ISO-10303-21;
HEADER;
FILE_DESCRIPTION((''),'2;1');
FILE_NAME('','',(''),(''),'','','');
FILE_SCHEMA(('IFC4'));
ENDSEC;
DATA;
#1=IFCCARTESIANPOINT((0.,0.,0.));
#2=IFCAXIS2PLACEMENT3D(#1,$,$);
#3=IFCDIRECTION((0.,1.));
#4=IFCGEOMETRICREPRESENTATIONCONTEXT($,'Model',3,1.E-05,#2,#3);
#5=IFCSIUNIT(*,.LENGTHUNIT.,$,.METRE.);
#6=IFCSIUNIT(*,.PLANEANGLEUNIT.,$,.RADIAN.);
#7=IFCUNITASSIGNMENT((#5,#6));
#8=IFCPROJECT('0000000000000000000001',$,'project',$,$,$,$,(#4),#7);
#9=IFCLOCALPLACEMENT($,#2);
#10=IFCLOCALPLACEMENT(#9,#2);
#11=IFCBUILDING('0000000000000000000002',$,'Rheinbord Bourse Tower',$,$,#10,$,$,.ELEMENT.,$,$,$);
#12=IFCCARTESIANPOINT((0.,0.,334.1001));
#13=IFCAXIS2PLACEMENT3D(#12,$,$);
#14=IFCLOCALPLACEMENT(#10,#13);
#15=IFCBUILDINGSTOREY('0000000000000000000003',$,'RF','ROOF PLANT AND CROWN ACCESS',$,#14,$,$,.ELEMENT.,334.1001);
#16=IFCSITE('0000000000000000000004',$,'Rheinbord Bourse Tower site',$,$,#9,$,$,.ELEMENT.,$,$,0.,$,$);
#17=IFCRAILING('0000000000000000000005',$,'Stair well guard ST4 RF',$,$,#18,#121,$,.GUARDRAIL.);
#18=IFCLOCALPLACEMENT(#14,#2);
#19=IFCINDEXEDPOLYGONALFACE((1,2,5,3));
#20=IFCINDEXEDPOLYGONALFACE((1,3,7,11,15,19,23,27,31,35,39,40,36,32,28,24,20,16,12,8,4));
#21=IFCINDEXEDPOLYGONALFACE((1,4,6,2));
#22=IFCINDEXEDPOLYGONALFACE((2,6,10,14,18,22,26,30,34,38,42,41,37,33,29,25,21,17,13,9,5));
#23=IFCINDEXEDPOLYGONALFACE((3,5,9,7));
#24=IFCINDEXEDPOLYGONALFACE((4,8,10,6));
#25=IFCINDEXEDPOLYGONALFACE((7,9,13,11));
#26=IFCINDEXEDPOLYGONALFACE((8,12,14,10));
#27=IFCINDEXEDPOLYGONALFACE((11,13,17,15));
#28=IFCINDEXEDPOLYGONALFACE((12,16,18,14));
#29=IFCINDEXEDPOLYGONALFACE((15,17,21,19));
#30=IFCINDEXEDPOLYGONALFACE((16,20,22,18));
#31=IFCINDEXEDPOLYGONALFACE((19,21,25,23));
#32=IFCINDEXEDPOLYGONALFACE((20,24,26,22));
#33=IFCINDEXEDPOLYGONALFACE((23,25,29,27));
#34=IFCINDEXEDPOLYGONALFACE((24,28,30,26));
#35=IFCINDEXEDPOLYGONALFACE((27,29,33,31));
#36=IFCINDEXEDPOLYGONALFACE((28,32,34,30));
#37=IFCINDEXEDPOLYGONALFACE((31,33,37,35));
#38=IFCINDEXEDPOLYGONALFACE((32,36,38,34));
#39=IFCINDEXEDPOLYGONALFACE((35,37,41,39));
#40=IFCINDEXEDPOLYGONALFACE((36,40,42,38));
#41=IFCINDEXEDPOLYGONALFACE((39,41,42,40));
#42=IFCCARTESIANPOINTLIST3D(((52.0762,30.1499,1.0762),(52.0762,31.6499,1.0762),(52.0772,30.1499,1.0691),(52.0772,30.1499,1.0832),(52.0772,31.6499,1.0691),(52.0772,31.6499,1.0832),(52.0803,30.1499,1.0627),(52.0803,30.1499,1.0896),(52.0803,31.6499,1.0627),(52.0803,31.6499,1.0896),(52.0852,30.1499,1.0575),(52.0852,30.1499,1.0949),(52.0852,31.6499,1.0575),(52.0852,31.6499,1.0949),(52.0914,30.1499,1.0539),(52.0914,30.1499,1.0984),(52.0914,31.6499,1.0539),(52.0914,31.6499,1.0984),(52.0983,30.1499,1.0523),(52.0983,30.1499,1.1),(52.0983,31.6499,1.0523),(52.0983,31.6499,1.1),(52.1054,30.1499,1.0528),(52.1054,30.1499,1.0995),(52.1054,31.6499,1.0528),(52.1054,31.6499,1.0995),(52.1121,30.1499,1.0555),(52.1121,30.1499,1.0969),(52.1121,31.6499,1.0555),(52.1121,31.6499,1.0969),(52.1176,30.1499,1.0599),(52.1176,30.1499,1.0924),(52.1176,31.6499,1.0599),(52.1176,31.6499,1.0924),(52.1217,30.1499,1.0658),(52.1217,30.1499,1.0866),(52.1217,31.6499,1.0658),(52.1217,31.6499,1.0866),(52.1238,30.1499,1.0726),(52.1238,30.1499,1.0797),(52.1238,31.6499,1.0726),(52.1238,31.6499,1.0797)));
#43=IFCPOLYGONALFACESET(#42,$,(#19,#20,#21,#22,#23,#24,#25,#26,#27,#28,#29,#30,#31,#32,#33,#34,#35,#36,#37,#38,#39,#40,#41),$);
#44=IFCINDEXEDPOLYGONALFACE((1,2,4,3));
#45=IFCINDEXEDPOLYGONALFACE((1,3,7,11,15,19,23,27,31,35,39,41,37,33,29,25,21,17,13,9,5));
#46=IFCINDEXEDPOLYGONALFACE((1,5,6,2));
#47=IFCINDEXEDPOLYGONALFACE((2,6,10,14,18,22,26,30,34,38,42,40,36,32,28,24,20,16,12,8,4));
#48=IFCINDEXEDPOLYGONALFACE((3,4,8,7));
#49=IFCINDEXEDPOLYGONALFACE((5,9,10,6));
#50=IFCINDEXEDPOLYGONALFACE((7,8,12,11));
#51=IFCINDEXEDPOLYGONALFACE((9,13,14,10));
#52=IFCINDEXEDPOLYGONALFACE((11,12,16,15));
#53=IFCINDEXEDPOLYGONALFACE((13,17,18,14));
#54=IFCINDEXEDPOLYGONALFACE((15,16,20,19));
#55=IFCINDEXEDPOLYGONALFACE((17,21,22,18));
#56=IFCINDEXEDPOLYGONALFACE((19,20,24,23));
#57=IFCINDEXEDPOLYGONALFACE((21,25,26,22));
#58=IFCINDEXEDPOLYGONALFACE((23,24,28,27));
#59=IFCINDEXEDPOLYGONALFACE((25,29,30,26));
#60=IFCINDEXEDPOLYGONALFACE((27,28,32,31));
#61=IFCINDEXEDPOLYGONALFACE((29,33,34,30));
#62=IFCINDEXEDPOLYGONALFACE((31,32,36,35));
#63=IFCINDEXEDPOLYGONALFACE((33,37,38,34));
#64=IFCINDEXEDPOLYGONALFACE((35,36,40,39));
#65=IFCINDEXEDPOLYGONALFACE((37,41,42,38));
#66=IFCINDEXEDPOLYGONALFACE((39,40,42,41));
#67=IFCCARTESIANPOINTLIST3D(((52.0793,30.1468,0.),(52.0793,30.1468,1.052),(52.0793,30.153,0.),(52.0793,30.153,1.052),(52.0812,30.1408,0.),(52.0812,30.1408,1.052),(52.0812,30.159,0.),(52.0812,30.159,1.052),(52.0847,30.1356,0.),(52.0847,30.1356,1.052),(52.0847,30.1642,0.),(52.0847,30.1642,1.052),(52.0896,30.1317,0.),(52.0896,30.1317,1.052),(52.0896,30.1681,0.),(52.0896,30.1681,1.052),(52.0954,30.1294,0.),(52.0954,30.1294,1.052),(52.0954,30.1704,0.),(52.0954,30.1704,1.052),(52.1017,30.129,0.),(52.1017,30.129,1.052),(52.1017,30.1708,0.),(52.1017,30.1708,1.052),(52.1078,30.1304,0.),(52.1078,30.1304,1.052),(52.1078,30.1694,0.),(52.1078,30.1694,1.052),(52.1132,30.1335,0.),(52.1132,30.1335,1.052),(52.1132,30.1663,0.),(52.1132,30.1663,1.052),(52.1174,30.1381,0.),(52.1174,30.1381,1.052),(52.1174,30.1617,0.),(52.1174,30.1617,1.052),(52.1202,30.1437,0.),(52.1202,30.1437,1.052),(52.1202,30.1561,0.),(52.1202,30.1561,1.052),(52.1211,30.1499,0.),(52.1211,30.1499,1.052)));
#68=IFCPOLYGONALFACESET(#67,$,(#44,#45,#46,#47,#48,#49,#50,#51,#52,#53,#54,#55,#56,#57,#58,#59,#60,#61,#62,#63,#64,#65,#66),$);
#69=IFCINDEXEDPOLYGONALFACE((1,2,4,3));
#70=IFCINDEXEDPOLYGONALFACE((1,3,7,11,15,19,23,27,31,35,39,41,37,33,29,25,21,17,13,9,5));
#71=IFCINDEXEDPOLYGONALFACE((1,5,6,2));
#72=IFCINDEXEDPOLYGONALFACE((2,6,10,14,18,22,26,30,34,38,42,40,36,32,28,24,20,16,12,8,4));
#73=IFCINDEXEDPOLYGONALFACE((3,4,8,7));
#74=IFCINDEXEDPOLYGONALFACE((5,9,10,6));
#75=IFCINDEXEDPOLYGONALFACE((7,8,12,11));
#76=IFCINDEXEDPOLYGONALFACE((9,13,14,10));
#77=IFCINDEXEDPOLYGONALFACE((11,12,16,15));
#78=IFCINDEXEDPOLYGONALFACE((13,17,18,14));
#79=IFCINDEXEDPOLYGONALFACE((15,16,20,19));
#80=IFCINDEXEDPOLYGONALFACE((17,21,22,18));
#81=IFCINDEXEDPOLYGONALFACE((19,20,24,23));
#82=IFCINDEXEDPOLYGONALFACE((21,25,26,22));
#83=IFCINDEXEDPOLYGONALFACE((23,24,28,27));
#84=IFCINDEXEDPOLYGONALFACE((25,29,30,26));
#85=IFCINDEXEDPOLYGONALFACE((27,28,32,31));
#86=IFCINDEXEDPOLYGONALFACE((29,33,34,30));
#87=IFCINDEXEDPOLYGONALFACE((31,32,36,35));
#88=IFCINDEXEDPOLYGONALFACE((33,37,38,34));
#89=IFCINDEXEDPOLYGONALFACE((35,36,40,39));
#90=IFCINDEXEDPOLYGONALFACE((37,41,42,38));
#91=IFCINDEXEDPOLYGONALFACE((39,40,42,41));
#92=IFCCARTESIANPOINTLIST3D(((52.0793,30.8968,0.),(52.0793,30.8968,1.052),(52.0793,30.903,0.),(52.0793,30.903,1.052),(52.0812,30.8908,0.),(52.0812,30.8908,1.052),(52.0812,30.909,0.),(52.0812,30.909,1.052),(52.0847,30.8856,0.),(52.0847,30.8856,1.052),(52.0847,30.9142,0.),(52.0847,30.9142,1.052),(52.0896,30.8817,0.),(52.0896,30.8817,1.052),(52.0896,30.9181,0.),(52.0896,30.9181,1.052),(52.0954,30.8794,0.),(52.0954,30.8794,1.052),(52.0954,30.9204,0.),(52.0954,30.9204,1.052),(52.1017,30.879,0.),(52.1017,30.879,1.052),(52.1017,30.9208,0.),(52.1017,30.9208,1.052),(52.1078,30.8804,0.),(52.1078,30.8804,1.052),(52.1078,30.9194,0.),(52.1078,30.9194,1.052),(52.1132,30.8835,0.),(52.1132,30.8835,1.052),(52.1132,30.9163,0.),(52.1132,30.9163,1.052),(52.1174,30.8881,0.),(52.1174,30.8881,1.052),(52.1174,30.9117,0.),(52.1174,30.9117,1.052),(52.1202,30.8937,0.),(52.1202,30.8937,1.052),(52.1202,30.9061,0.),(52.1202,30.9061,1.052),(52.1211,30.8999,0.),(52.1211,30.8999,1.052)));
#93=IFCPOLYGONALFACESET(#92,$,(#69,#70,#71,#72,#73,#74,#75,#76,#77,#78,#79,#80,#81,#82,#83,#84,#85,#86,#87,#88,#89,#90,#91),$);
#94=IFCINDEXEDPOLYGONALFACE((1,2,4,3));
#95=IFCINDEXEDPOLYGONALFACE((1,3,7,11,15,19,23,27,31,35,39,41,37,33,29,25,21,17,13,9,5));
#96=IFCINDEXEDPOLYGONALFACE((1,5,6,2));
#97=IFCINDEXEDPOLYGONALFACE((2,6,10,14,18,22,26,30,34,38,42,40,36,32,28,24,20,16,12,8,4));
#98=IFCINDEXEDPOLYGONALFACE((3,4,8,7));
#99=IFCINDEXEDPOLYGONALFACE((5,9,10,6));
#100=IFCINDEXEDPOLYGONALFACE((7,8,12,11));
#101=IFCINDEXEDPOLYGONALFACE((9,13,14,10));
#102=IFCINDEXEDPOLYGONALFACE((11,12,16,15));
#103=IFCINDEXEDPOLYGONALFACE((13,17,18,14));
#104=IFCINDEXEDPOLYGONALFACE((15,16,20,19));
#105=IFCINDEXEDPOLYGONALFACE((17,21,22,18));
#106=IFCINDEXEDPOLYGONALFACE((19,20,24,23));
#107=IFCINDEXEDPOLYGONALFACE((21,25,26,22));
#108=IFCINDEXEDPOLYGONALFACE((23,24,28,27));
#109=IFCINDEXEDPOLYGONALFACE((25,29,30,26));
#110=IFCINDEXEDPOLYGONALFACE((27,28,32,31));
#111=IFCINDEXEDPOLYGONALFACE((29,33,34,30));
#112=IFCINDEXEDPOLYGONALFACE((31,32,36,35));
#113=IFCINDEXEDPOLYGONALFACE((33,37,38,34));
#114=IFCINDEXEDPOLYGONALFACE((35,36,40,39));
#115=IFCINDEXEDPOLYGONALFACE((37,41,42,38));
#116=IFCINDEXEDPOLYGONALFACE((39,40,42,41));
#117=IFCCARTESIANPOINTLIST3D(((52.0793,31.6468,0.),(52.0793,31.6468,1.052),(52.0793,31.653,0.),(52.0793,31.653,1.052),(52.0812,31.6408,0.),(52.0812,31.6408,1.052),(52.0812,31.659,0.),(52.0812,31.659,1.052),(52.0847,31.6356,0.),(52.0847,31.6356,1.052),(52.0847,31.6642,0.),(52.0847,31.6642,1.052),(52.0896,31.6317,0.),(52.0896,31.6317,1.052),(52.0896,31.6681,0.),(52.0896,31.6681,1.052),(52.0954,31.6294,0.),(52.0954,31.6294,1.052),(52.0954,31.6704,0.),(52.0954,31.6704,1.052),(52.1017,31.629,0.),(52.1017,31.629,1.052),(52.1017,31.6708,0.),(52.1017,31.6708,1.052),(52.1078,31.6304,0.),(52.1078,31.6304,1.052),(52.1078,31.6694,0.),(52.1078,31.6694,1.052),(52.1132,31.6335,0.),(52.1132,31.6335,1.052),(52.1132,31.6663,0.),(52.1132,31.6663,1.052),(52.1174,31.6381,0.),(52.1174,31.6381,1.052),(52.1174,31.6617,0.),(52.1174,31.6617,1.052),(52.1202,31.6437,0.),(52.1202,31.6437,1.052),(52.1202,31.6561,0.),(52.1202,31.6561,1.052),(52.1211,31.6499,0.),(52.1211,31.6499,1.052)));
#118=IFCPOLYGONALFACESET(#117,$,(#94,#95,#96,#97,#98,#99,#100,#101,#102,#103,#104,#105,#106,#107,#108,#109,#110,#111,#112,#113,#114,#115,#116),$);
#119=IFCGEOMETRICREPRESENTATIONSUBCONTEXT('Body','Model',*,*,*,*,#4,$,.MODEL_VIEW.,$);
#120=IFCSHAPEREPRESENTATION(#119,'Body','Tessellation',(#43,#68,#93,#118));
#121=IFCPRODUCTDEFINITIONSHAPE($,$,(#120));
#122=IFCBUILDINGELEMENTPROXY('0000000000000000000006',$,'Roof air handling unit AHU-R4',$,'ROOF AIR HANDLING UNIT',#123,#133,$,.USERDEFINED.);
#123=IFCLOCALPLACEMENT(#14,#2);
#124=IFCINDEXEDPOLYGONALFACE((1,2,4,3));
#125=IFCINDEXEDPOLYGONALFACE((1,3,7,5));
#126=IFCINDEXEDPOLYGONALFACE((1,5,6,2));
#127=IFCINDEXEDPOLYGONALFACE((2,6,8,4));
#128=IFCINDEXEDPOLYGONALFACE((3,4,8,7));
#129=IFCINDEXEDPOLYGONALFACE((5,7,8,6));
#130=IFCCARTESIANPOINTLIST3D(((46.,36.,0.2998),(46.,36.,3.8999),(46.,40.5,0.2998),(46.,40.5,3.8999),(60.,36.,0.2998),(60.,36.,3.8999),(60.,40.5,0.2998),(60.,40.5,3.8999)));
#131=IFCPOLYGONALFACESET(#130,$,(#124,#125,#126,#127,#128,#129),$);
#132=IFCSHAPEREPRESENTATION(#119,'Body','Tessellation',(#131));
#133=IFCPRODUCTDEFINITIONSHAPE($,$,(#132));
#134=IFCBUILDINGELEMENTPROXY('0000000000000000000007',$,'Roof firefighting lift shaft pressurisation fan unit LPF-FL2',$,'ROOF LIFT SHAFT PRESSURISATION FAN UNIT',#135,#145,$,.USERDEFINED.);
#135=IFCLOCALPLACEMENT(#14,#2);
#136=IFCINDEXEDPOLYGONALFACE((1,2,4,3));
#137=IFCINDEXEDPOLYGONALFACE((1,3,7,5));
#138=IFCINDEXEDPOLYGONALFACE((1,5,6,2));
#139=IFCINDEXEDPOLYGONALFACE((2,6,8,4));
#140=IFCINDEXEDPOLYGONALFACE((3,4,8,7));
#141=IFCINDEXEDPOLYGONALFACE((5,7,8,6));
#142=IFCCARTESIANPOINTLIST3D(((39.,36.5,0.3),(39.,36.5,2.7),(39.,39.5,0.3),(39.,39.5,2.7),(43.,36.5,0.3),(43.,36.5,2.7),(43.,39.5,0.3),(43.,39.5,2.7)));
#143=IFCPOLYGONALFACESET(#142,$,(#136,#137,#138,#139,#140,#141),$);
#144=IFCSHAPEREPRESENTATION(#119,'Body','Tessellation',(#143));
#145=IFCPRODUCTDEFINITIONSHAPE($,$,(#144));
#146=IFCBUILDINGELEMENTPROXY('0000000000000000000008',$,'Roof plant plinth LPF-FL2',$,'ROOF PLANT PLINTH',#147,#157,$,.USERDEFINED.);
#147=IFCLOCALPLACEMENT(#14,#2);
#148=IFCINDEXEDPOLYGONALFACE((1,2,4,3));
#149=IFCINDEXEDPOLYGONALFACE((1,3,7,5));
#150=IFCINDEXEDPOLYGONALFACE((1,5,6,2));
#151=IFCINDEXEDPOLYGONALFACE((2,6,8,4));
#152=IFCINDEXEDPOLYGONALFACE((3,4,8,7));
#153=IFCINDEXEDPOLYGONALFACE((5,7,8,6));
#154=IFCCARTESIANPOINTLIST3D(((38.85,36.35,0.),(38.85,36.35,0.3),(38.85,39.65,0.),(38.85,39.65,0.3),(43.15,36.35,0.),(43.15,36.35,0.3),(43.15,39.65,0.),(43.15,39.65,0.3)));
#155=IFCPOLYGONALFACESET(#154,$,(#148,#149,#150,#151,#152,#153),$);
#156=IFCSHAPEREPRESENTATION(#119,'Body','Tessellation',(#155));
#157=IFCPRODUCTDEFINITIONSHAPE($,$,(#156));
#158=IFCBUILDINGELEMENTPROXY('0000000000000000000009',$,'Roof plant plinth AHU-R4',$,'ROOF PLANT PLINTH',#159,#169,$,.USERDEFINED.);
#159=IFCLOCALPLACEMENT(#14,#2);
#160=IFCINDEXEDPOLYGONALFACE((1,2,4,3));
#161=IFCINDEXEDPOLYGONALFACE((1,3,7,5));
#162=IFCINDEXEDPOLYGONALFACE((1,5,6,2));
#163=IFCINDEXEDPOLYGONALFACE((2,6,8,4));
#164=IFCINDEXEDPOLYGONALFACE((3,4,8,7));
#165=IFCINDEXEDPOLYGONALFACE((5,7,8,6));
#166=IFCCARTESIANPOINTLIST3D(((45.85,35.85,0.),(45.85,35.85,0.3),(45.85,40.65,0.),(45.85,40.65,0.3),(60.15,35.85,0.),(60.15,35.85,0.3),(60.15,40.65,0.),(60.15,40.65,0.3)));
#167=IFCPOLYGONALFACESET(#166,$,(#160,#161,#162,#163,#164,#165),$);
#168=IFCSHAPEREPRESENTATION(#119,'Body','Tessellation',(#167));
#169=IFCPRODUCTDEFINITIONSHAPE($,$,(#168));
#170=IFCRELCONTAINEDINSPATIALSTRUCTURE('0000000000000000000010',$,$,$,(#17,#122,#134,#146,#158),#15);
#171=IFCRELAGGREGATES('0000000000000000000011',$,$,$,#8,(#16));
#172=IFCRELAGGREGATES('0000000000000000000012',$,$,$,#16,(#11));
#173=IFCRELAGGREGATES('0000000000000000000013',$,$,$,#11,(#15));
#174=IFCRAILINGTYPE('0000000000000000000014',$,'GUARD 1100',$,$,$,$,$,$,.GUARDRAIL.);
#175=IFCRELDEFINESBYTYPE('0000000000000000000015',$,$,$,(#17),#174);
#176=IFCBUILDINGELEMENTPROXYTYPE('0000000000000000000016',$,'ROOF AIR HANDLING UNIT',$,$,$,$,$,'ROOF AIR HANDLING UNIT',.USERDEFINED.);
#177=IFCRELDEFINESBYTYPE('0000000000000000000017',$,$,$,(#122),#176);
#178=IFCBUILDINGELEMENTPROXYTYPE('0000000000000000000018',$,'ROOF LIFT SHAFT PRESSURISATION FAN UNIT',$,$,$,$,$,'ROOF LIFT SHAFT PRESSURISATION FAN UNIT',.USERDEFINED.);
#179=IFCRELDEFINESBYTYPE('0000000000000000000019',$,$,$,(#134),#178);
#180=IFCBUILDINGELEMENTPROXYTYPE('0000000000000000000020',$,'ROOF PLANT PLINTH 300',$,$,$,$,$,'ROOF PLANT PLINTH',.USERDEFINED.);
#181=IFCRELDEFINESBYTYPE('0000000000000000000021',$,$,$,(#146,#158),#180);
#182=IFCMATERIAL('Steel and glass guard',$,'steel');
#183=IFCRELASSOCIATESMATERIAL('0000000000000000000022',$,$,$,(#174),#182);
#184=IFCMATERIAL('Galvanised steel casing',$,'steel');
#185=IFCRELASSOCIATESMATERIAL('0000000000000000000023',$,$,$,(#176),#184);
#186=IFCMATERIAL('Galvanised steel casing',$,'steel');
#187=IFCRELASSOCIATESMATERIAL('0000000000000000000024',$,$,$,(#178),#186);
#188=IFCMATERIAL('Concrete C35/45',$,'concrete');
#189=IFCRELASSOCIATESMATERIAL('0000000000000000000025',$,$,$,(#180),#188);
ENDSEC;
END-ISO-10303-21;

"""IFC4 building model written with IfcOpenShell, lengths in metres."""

from ifc_helpers import new_model, si_unit, direction, frame, origin, origin_2d, place, context, subcontext, project, spatial, rectangle, circle, extrude, material, type_object, element, save


model = new_model("IFC4")

# Units and contexts
model_context = context("Model", 3, precision=1e-05, world=origin(), true_north=direction((0.0, 1.0)))
body_context = subcontext(model_context, "Body", "Model", "MODEL_VIEW")
ifc_project = project(units=[si_unit("LENGTHUNIT", "METRE"), si_unit("PLANEANGLEUNIT", "RADIAN")], contexts=[model_context])

# Site, building, storey
site_placement = place(None, origin())
site = spatial("IfcSite", under=ifc_project, at=site_placement, Name="Rheinbord Bourse Tower site", CompositionType="ELEMENT", RefElevation=0.0)
building_placement = place(site_placement, origin())
building = spatial("IfcBuilding", under=site, at=building_placement, Name="Rheinbord Bourse Tower", CompositionType="ELEMENT")
storey_placement = place(building_placement, frame((0.0, 0.0, 334.1001)))
storey = spatial("IfcBuildingStorey", under=building, at=storey_placement, Name="RF", Description="ROOF PLANT AND CROWN ACCESS", CompositionType="ELEMENT", Elevation=334.1001)

# Railing
ifc_material_1 = material(Name="Steel and glass guard", Category="steel")
railing_type = type_object("IfcRailingType", Name="GUARD 1100", PredefinedType="GUARDRAIL", material=ifc_material_1)
railing_placement = place(storey_placement, frame((52.1001, 30.1499, 0.0)))
element("IfcRailing", 1, at=railing_placement, inside=storey, type_object=railing_type, Name="Stair well guard ST4 RF", PredefinedType="GUARDRAIL", context=body_context, shape_type="SweptSolid", body=[
    extrude(circle(Radius=0.0239, at=origin_2d()), frame((0.0, 0.0, 1.0762), z_axis=(0.0, 1.0, 0.0), x_axis=(-1.0, 0.0, 0.0)), (0.0, 0.0, 1.0), 1.5),
    extrude(circle(Radius=0.021, at=origin_2d()), origin(), (0.0, 0.0, 1.0), 1.052),
    extrude(circle(Radius=0.021, at=origin_2d()), frame((0.0, 0.75, 0.0)), (0.0, 0.0, 1.0), 1.052),
    extrude(circle(Radius=0.021, at=origin_2d()), frame((0.0, 1.5, 0.0)), (0.0, 0.0, 1.0), 1.052),
])

# Building element proxies
ifc_material_2 = material(Name="Galvanised steel casing", Category="steel")
building_element_proxy_type_1 = type_object("IfcBuildingElementProxyType", Name="ROOF AIR HANDLING UNIT", ElementType="ROOF AIR HANDLING UNIT", PredefinedType="USERDEFINED", material=ifc_material_2)
proxy_1_placement = place(storey_placement, frame((53.0, 38.25, 0.2998), z_axis=(0.0, 0.0, 1.0), x_axis=(1.0, 0.0, 0.0)))
element("IfcBuildingElementProxy", 2, at=proxy_1_placement, inside=storey, type_object=building_element_proxy_type_1, Name="Roof air handling unit AHU-R4", ObjectType="ROOF AIR HANDLING UNIT", PredefinedType="USERDEFINED", context=body_context, shape_type="SweptSolid", body=[
    extrude(rectangle(XDim=14.0, YDim=4.5, at=origin_2d()), origin(), (0.0, 0.0, 1.0), 3.6001),
])
ifc_material_3 = material(Name="Galvanised steel casing", Category="steel")
building_element_proxy_type_2 = type_object("IfcBuildingElementProxyType", Name="ROOF LIFT SHAFT PRESSURISATION FAN UNIT", ElementType="ROOF LIFT SHAFT PRESSURISATION FAN UNIT", PredefinedType="USERDEFINED", material=ifc_material_3)
proxy_2_placement = place(storey_placement, frame((41.0, 38.0, 0.3), z_axis=(0.0, 0.0, 1.0), x_axis=(1.0, 0.0, 0.0)))
element("IfcBuildingElementProxy", 3, at=proxy_2_placement, inside=storey, type_object=building_element_proxy_type_2, Name="Roof firefighting lift shaft pressurisation fan unit LPF-FL2", ObjectType="ROOF LIFT SHAFT PRESSURISATION FAN UNIT", PredefinedType="USERDEFINED", context=body_context, shape_type="SweptSolid", body=[
    extrude(rectangle(XDim=4.0, YDim=3.0, at=origin_2d()), origin(), (0.0, 0.0, 1.0), 2.3999),
])
ifc_material_4 = material(Name="Concrete C35/45", Category="concrete")
building_element_proxy_type_3 = type_object("IfcBuildingElementProxyType", Name="ROOF PLANT PLINTH 300", ElementType="ROOF PLANT PLINTH", PredefinedType="USERDEFINED", material=ifc_material_4)
proxy_3_placement = place(storey_placement, frame((41.0, 38.0, 0.0), z_axis=(0.0, 0.0, 1.0), x_axis=(1.0, 0.0, 0.0)))
element("IfcBuildingElementProxy", 4, at=proxy_3_placement, inside=storey, type_object=building_element_proxy_type_3, Name="Roof plant plinth LPF-FL2", ObjectType="ROOF PLANT PLINTH", PredefinedType="USERDEFINED", context=body_context, shape_type="SweptSolid", body=[
    extrude(rectangle(XDim=4.3, YDim=3.3, at=origin_2d()), origin(), (0.0, 0.0, 1.0), 0.3),
])
proxy_4_placement = place(storey_placement, frame((53.0, 38.25, 0.0), z_axis=(0.0, 0.0, 1.0), x_axis=(1.0, 0.0, 0.0)))
element("IfcBuildingElementProxy", 5, at=proxy_4_placement, inside=storey, type_object=building_element_proxy_type_3, Name="Roof plant plinth AHU-R4", ObjectType="ROOF PLANT PLINTH", PredefinedType="USERDEFINED", context=body_context, shape_type="SweptSolid", body=[
    extrude(rectangle(XDim=14.3, YDim=4.8, at=origin_2d()), origin(), (0.0, 0.0, 1.0), 0.3),
])

save(model, "model.ifc")
